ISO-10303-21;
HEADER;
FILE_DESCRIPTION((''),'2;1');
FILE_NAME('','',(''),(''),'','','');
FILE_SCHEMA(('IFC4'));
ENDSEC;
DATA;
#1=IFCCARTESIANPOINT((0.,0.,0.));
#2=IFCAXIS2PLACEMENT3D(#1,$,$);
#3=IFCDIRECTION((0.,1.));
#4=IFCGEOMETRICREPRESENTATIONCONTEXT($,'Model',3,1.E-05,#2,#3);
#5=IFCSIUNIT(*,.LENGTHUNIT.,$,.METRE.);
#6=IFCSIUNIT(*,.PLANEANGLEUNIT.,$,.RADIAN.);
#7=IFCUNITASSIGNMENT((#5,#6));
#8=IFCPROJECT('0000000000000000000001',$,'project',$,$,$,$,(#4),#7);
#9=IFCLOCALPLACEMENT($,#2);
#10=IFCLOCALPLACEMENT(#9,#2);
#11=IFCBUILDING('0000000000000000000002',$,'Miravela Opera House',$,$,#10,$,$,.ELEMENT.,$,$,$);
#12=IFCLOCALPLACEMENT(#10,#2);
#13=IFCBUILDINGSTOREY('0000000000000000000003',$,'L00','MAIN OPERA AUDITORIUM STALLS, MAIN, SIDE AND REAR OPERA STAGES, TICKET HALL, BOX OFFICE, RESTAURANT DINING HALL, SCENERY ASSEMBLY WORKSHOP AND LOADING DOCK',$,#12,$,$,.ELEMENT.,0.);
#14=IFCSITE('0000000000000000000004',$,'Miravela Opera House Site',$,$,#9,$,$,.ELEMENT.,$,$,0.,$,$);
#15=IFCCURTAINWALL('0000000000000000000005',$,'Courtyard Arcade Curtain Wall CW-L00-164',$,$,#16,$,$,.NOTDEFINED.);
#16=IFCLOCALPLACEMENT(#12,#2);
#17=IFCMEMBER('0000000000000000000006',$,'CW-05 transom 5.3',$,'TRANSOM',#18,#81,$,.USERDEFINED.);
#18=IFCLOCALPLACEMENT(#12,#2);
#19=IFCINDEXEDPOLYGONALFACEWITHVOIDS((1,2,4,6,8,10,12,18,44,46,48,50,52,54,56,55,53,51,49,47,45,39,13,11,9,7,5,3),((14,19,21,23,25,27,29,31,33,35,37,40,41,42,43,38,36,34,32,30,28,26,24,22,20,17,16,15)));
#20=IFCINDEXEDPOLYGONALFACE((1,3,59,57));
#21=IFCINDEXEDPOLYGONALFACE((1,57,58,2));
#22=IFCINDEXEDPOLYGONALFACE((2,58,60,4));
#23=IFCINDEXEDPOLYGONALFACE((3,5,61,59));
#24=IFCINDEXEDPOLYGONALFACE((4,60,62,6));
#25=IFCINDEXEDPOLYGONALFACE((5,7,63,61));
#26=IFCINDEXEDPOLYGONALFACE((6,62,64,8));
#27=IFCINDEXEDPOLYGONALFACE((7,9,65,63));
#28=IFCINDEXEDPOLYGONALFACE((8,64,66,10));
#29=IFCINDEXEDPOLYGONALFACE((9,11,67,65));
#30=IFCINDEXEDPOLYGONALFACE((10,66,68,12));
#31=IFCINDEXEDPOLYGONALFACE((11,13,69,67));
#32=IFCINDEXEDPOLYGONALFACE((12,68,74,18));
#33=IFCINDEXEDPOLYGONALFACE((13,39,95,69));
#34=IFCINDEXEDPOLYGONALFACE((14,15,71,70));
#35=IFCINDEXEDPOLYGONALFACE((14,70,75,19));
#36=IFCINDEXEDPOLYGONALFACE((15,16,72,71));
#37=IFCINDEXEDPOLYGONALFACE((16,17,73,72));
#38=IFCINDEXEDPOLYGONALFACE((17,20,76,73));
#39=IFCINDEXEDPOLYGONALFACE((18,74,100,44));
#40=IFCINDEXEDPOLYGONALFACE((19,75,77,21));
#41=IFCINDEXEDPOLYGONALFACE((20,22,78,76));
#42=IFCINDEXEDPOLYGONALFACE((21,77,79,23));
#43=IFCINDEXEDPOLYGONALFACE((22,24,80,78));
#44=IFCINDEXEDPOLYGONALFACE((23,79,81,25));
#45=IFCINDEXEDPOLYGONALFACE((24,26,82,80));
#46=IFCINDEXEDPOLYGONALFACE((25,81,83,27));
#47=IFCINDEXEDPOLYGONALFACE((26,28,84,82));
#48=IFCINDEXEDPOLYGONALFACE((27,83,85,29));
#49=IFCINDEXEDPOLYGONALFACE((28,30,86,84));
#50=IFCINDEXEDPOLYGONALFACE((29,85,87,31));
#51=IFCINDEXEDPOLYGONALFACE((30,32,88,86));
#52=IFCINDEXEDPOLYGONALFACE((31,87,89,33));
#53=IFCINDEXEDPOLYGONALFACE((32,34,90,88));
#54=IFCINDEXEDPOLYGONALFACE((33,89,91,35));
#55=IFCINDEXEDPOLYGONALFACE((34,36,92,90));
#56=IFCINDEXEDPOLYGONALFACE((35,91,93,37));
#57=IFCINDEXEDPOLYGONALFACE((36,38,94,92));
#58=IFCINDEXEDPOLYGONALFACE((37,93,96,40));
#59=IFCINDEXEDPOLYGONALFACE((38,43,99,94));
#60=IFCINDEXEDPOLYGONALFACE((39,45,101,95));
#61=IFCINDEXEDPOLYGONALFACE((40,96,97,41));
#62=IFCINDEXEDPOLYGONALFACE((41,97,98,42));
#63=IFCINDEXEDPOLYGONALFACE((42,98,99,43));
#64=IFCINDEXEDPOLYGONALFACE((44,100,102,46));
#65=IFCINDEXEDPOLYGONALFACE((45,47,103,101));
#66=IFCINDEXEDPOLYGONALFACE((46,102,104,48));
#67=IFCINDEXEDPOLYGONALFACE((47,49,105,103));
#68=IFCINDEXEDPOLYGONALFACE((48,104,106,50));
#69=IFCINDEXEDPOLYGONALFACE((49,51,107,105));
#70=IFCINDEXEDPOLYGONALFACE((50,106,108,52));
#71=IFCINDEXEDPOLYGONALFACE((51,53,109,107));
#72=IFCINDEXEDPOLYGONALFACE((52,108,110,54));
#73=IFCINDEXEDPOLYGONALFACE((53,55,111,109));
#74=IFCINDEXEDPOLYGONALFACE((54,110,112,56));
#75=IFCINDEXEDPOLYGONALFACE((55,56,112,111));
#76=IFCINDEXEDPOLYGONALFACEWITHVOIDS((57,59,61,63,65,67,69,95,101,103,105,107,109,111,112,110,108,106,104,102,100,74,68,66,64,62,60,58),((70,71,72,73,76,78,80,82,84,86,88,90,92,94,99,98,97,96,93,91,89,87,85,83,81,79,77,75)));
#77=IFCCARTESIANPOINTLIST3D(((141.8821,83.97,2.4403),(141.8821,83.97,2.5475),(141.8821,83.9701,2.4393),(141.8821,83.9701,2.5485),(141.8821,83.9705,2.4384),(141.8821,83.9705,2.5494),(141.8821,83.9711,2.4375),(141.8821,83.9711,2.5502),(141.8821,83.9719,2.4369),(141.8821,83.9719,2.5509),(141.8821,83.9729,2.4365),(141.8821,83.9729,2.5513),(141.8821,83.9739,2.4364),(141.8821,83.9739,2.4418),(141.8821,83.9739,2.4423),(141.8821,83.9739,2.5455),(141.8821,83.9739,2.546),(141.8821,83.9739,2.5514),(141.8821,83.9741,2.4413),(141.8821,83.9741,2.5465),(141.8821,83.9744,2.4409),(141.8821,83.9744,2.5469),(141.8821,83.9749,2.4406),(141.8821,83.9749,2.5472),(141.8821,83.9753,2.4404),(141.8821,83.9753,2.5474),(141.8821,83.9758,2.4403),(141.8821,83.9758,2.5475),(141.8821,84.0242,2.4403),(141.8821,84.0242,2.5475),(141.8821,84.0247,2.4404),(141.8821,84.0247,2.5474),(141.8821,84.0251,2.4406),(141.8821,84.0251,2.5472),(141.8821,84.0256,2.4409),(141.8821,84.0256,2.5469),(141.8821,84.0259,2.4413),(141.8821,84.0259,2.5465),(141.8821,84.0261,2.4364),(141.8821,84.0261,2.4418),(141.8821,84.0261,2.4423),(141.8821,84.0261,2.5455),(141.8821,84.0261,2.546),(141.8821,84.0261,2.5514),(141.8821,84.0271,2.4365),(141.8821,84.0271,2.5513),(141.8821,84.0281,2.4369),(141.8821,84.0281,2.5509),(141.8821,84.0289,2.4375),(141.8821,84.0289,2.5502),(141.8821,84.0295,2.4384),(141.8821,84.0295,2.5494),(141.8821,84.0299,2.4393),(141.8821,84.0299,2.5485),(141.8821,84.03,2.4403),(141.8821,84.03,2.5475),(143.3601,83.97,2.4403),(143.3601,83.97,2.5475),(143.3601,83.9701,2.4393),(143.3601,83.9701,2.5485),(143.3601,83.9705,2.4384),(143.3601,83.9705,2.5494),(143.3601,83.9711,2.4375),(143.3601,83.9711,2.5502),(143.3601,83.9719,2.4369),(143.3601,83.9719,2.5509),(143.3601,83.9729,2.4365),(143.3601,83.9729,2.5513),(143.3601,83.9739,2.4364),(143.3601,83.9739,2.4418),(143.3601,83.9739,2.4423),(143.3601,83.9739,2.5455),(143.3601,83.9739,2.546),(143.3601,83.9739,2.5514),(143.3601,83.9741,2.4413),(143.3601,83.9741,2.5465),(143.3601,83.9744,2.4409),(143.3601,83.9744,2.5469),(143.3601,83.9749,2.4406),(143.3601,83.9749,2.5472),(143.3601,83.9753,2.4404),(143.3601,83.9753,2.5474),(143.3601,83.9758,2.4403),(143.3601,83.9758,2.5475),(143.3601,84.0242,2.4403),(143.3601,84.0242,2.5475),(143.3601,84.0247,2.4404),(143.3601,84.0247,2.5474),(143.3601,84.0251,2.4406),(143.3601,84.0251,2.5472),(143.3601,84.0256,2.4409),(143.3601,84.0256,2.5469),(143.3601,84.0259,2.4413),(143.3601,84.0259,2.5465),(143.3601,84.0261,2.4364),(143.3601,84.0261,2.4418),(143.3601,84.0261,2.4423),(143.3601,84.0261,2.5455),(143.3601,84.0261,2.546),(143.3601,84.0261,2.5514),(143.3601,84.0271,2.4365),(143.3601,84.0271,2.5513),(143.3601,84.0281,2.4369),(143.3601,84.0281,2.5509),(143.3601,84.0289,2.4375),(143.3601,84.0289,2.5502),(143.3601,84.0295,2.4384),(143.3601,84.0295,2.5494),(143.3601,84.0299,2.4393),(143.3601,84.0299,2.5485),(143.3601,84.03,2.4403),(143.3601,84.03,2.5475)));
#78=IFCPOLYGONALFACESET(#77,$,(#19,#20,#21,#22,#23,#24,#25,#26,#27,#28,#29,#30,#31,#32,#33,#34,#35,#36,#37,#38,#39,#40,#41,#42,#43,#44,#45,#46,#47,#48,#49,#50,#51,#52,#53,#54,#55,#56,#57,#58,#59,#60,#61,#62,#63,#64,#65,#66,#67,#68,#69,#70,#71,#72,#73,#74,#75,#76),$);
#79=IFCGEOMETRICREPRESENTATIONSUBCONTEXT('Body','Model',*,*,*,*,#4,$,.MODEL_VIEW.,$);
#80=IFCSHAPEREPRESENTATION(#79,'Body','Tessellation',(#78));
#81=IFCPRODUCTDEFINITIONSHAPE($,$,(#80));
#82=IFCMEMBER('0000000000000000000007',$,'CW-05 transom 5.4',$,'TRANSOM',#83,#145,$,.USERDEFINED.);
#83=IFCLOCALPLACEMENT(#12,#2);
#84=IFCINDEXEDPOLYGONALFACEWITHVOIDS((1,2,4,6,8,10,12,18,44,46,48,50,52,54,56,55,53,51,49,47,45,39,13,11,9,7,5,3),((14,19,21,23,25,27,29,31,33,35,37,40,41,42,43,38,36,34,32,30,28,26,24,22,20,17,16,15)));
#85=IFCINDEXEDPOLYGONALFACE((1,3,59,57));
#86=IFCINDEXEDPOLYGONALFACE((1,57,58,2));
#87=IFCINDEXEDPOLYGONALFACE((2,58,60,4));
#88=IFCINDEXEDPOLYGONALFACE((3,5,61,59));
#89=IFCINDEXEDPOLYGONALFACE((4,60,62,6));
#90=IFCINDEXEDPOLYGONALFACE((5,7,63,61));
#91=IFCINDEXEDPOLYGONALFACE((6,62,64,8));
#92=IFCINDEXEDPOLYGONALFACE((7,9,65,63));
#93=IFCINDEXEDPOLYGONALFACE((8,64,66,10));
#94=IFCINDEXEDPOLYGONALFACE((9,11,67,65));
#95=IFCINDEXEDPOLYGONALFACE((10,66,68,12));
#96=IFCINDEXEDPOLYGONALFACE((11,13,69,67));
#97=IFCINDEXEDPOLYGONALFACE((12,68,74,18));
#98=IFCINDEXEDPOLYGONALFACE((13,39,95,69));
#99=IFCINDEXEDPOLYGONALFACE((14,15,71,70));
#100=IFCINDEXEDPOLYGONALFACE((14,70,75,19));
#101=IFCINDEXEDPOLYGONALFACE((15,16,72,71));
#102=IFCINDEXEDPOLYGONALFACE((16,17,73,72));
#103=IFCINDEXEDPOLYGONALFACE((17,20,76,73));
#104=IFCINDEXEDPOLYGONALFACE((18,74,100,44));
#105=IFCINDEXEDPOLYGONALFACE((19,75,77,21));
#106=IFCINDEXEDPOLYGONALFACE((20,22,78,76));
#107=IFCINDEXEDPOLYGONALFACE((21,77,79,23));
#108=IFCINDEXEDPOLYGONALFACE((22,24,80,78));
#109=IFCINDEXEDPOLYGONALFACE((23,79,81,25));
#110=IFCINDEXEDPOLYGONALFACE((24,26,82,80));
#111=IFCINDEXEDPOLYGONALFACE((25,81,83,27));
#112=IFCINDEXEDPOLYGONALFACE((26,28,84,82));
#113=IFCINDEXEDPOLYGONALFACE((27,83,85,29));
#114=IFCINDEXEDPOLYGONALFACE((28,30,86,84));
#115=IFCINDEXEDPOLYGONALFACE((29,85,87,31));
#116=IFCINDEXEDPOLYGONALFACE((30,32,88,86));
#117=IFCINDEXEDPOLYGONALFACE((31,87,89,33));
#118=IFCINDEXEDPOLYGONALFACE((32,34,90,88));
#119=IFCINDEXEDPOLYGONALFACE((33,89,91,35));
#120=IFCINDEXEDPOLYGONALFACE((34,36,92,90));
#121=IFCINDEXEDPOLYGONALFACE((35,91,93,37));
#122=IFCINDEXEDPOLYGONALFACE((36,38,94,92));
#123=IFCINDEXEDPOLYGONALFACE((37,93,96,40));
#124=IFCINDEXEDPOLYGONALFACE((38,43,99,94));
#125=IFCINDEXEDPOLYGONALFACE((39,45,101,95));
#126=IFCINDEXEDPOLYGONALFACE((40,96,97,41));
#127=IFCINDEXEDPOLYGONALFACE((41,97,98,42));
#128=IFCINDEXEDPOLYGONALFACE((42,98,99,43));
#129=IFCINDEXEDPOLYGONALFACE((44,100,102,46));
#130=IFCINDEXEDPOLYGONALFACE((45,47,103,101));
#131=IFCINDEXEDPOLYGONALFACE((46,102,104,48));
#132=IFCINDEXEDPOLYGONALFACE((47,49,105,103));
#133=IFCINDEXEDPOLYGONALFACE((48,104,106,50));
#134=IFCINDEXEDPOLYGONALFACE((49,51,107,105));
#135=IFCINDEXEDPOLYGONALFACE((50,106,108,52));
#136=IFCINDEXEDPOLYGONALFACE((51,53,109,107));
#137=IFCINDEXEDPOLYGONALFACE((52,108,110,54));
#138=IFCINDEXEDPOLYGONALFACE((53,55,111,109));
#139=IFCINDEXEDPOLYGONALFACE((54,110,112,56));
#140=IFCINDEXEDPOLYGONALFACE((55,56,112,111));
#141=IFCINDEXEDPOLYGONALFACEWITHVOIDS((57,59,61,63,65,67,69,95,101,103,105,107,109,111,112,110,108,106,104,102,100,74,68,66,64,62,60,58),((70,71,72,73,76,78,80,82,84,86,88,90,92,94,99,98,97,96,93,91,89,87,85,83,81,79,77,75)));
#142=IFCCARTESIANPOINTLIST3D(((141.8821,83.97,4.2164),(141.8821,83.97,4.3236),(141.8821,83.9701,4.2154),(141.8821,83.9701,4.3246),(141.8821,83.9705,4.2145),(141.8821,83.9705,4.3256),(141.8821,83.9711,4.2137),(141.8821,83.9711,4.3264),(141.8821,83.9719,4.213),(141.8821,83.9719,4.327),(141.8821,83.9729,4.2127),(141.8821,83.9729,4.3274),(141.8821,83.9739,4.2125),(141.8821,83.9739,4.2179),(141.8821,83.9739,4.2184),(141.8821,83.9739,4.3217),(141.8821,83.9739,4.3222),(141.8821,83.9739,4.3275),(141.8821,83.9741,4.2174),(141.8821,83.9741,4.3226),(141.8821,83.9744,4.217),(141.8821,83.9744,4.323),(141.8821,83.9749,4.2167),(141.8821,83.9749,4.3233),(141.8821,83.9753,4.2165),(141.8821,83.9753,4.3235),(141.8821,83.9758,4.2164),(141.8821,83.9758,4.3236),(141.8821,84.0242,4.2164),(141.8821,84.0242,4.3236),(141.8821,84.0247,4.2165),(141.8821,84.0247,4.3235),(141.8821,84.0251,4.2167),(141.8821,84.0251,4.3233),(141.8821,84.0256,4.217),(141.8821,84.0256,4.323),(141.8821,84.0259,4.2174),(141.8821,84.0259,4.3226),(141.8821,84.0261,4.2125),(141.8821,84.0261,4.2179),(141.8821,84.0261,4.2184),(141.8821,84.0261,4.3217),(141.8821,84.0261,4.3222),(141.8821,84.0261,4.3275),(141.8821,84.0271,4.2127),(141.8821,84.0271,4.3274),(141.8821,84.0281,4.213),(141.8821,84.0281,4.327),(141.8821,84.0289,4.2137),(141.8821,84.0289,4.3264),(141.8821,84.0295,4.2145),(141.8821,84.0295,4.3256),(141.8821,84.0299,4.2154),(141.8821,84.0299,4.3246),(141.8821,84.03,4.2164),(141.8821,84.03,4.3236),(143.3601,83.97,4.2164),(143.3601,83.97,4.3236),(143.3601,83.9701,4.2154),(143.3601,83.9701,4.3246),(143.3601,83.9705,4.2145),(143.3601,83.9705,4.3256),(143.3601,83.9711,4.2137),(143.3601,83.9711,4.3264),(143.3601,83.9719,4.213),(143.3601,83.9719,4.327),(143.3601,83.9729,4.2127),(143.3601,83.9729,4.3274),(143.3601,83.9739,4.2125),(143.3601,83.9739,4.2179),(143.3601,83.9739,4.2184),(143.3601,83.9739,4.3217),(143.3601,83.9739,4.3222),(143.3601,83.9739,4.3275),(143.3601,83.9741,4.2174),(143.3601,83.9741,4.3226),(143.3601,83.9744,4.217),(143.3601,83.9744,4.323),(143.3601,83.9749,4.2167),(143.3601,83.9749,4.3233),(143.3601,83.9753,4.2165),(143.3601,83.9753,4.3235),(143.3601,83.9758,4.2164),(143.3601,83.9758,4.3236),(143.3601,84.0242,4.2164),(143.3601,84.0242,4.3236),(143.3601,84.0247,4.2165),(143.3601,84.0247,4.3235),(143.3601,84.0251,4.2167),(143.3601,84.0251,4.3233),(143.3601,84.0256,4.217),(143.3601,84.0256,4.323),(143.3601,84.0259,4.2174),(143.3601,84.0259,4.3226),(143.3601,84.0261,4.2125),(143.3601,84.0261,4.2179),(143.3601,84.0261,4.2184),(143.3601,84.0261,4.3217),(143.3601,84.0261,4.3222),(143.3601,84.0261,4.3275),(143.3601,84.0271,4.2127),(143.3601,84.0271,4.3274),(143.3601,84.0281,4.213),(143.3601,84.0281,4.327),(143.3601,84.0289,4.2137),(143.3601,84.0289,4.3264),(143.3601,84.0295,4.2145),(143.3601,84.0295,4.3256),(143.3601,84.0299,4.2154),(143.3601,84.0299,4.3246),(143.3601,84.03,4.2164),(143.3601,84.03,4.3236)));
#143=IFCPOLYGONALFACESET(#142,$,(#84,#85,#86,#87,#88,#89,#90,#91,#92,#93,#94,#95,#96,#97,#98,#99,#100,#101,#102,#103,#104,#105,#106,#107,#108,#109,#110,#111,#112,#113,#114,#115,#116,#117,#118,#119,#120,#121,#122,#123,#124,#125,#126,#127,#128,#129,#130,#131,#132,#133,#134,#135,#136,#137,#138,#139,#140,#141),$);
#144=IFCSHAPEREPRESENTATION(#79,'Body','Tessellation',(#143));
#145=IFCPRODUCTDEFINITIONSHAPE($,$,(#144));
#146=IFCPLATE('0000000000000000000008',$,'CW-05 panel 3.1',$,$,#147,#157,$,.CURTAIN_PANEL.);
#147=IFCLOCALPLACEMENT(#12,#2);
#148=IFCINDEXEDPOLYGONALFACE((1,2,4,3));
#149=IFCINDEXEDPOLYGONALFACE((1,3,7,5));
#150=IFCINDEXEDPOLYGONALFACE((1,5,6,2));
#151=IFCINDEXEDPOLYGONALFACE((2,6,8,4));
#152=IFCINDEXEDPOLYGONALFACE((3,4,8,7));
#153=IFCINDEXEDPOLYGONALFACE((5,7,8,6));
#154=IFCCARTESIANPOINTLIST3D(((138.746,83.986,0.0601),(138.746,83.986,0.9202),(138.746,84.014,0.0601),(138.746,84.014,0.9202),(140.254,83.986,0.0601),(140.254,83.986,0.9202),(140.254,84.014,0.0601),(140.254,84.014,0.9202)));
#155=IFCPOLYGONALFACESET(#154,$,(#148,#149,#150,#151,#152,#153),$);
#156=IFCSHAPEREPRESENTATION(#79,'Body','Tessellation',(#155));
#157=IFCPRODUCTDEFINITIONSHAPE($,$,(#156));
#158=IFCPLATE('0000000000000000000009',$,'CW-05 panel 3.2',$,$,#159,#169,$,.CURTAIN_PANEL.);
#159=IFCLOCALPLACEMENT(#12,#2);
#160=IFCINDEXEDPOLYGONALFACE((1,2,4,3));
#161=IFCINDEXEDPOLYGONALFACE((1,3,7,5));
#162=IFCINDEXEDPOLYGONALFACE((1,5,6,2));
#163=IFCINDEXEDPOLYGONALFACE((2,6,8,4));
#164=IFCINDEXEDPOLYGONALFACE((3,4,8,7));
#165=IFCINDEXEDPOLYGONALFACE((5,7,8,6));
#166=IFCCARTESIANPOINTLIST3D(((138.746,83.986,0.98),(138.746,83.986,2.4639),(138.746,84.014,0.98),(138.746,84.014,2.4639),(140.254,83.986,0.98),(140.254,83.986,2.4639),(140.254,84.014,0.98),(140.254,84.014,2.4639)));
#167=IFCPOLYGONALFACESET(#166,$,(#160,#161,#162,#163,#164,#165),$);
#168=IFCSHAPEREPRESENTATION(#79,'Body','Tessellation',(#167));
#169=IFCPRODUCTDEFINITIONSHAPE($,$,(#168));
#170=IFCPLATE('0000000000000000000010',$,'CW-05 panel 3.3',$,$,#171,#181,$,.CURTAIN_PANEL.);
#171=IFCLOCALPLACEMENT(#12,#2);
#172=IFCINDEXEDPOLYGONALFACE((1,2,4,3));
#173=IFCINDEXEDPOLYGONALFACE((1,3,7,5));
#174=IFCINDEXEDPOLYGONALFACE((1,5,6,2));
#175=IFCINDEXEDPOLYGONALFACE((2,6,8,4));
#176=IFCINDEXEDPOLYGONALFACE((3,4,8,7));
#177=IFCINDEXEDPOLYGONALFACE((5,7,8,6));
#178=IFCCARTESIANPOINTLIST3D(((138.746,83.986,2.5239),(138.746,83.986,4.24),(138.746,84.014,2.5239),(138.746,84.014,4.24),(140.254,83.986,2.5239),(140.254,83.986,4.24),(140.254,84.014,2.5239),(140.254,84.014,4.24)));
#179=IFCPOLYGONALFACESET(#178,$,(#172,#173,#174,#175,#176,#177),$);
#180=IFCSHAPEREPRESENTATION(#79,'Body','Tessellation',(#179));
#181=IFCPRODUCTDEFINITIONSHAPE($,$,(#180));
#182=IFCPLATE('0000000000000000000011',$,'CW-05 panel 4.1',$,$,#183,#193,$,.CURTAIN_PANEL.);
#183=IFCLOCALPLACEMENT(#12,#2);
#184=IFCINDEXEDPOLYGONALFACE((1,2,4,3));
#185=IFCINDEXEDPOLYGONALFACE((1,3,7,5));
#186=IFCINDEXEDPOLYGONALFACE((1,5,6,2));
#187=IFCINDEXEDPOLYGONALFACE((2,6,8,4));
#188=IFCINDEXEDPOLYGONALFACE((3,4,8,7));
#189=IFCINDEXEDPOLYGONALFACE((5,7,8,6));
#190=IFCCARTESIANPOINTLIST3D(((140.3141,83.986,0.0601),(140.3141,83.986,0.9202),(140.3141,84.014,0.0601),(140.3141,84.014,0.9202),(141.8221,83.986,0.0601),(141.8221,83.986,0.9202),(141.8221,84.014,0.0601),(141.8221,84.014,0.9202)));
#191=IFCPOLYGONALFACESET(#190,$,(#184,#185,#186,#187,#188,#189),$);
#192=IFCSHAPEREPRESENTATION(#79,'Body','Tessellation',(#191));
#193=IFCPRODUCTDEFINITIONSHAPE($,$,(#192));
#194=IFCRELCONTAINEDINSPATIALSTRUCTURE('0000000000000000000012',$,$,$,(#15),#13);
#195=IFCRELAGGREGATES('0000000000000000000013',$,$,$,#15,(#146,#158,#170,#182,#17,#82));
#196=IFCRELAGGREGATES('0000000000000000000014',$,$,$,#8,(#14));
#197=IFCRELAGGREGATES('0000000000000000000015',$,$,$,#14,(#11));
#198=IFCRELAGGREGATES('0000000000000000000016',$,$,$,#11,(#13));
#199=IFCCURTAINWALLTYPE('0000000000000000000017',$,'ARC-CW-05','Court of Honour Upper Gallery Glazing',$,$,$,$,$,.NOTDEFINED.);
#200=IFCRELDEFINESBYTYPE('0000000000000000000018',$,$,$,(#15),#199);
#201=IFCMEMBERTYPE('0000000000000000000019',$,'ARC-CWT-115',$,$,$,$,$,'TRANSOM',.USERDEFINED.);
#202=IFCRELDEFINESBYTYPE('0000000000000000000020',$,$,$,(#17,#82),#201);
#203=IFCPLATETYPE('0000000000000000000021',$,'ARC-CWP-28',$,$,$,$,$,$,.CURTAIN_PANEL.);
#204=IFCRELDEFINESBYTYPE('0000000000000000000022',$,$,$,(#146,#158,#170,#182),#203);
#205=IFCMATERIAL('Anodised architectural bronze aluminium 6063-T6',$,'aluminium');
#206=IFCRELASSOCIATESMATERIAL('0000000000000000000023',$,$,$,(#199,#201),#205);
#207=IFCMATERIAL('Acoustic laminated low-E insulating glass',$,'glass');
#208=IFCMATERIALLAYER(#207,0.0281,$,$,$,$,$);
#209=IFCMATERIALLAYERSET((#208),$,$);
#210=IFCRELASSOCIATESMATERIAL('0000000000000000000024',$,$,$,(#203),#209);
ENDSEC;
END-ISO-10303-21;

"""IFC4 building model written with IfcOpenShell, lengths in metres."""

from ifc_helpers import new_model, si_unit, direction, frame, origin, origin_2d, place, context, subcontext, project, spatial, rectangle, hollow_rectangle, extrude, material, layer, layer_set, material_profile, profile_set, type_object, element, aggregate, save


model = new_model("IFC4")

# Units and contexts
model_context = context("Model", 3, precision=1e-05, world=origin(), true_north=direction((0.0, 1.0)))
body_context = subcontext(model_context, "Body", "Model", "MODEL_VIEW")
ifc_project = project(units=[si_unit("LENGTHUNIT", "METRE"), si_unit("PLANEANGLEUNIT", "RADIAN")], contexts=[model_context])

# Site, building, storey
site_placement = place(None, origin())
site = spatial("IfcSite", under=ifc_project, at=site_placement, Name="Miravela Opera House Site", CompositionType="ELEMENT", RefElevation=0.0)
building_placement = place(site_placement, origin())
building = spatial("IfcBuilding", under=site, at=building_placement, Name="Miravela Opera House", CompositionType="ELEMENT")
storey_placement = place(building_placement, origin())
storey = spatial("IfcBuildingStorey", under=building, at=storey_placement, Name="L00", Description="MAIN OPERA AUDITORIUM STALLS, MAIN, SIDE AND REAR OPERA STAGES, TICKET HALL, BOX OFFICE, RESTAURANT DINING HALL, SCENERY ASSEMBLY WORKSHOP AND LOADING DOCK", CompositionType="ELEMENT", Elevation=0.0)

# Curtain wall, members, plates
ifc_material_1 = material(Name="Anodised architectural bronze aluminium 6063-T6", Category="aluminium")
curtain_wall_type = type_object("IfcCurtainWallType", Name="ARC-CW-05", Description="Court of Honour Upper Gallery Glazing", PredefinedType="NOTDEFINED", material=ifc_material_1)
curtain_wall_placement = place(storey_placement, origin())
curtain_wall = element("IfcCurtainWall", 1, at=curtain_wall_placement, inside=storey, type_object=curtain_wall_type, Name="Courtyard Arcade Curtain Wall CW-L00-164", PredefinedType="NOTDEFINED")
ifc_material_profile_1 = material_profile(ifc_material_1, hollow_rectangle(XDim=0.0601, YDim=0.115, WallThickness=0.0039, InnerFilletRadius=0.002, OuterFilletRadius=0.0039, at=origin_2d()), Name="CWT-60X115")
ifc_profile_set_1 = profile_set([ifc_material_profile_1])
member_type_1 = type_object("IfcMemberType", Name="ARC-CWT-115", ElementType="TRANSOM", PredefinedType="USERDEFINED", material=ifc_profile_set_1)
member_1_placement = place(storey_placement, frame((141.8821, 84.0, 2.4939), z_axis=(1.0, 0.0, 0.0), x_axis=(0.0, 1.0, 0.0)))
member_1 = element("IfcMember", 2, at=member_1_placement, type_object=member_type_1, Name="CW-05 transom 5.3", ObjectType="TRANSOM", PredefinedType="USERDEFINED", context=body_context, shape_type="SweptSolid", body=[
    extrude(hollow_rectangle(XDim=0.0601, YDim=0.115, WallThickness=0.0039, InnerFilletRadius=0.002, OuterFilletRadius=0.0039, at=origin_2d()), origin(), (0.0, 0.0, 1.0), 1.478),
])
member_2_placement = place(storey_placement, frame((141.8821, 84.0, 4.27), z_axis=(1.0, 0.0, 0.0), x_axis=(0.0, 1.0, 0.0)))
member_2 = element("IfcMember", 3, at=member_2_placement, type_object=member_type_1, Name="CW-05 transom 5.4", ObjectType="TRANSOM", PredefinedType="USERDEFINED", context=body_context, shape_type="SweptSolid", body=[
    extrude(hollow_rectangle(XDim=0.0601, YDim=0.115, WallThickness=0.0039, InnerFilletRadius=0.002, OuterFilletRadius=0.0039, at=origin_2d()), origin(), (0.0, 0.0, 1.0), 1.478),
])
ifc_material_2 = material(Name="Acoustic laminated low-E insulating glass", Category="glass")
ifc_layer = layer(ifc_material_2, 0.0281)
ifc_layer_set = layer_set([ifc_layer])
plate_type = type_object("IfcPlateType", Name="ARC-CWP-28", PredefinedType="CURTAIN_PANEL", material=ifc_layer_set)
plate_1_placement = place(storey_placement, frame((139.5, 84.0, 0.0601), z_axis=(0.0, 0.0, 1.0), x_axis=(1.0, 0.0, 0.0)))
plate_1 = element("IfcPlate", 4, at=plate_1_placement, type_object=plate_type, Name="CW-05 panel 3.1", PredefinedType="CURTAIN_PANEL", context=body_context, shape_type="SweptSolid", body=[
    extrude(rectangle(XDim=1.5081, YDim=0.0281, at=origin_2d()), origin(), (0.0, 0.0, 1.0), 0.8601),
])
plate_2_placement = place(storey_placement, frame((139.5, 84.0, 0.98), z_axis=(0.0, 0.0, 1.0), x_axis=(1.0, 0.0, 0.0)))
plate_2 = element("IfcPlate", 5, at=plate_2_placement, type_object=plate_type, Name="CW-05 panel 3.2", PredefinedType="CURTAIN_PANEL", context=body_context, shape_type="SweptSolid", body=[
    extrude(rectangle(XDim=1.5081, YDim=0.0281, at=origin_2d()), origin(), (0.0, 0.0, 1.0), 1.4839),
])
plate_3_placement = place(storey_placement, frame((139.5, 84.0, 2.5239), z_axis=(0.0, 0.0, 1.0), x_axis=(1.0, 0.0, 0.0)))
plate_3 = element("IfcPlate", 6, at=plate_3_placement, type_object=plate_type, Name="CW-05 panel 3.3", PredefinedType="CURTAIN_PANEL", context=body_context, shape_type="SweptSolid", body=[
    extrude(rectangle(XDim=1.5081, YDim=0.0281, at=origin_2d()), origin(), (0.0, 0.0, 1.0), 1.7161),
])
plate_4_placement = place(storey_placement, frame((141.0681, 84.0, 0.0601), z_axis=(0.0, 0.0, 1.0), x_axis=(1.0, 0.0, 0.0)))
plate_4 = element("IfcPlate", 7, at=plate_4_placement, type_object=plate_type, Name="CW-05 panel 4.1", PredefinedType="CURTAIN_PANEL", context=body_context, shape_type="SweptSolid", body=[
    extrude(rectangle(XDim=1.5081, YDim=0.0281, at=origin_2d()), origin(), (0.0, 0.0, 1.0), 0.8601),
])
aggregate(curtain_wall, [plate_1, plate_2, plate_3, plate_4, member_1, member_2])

save(model, "model.ifc")
